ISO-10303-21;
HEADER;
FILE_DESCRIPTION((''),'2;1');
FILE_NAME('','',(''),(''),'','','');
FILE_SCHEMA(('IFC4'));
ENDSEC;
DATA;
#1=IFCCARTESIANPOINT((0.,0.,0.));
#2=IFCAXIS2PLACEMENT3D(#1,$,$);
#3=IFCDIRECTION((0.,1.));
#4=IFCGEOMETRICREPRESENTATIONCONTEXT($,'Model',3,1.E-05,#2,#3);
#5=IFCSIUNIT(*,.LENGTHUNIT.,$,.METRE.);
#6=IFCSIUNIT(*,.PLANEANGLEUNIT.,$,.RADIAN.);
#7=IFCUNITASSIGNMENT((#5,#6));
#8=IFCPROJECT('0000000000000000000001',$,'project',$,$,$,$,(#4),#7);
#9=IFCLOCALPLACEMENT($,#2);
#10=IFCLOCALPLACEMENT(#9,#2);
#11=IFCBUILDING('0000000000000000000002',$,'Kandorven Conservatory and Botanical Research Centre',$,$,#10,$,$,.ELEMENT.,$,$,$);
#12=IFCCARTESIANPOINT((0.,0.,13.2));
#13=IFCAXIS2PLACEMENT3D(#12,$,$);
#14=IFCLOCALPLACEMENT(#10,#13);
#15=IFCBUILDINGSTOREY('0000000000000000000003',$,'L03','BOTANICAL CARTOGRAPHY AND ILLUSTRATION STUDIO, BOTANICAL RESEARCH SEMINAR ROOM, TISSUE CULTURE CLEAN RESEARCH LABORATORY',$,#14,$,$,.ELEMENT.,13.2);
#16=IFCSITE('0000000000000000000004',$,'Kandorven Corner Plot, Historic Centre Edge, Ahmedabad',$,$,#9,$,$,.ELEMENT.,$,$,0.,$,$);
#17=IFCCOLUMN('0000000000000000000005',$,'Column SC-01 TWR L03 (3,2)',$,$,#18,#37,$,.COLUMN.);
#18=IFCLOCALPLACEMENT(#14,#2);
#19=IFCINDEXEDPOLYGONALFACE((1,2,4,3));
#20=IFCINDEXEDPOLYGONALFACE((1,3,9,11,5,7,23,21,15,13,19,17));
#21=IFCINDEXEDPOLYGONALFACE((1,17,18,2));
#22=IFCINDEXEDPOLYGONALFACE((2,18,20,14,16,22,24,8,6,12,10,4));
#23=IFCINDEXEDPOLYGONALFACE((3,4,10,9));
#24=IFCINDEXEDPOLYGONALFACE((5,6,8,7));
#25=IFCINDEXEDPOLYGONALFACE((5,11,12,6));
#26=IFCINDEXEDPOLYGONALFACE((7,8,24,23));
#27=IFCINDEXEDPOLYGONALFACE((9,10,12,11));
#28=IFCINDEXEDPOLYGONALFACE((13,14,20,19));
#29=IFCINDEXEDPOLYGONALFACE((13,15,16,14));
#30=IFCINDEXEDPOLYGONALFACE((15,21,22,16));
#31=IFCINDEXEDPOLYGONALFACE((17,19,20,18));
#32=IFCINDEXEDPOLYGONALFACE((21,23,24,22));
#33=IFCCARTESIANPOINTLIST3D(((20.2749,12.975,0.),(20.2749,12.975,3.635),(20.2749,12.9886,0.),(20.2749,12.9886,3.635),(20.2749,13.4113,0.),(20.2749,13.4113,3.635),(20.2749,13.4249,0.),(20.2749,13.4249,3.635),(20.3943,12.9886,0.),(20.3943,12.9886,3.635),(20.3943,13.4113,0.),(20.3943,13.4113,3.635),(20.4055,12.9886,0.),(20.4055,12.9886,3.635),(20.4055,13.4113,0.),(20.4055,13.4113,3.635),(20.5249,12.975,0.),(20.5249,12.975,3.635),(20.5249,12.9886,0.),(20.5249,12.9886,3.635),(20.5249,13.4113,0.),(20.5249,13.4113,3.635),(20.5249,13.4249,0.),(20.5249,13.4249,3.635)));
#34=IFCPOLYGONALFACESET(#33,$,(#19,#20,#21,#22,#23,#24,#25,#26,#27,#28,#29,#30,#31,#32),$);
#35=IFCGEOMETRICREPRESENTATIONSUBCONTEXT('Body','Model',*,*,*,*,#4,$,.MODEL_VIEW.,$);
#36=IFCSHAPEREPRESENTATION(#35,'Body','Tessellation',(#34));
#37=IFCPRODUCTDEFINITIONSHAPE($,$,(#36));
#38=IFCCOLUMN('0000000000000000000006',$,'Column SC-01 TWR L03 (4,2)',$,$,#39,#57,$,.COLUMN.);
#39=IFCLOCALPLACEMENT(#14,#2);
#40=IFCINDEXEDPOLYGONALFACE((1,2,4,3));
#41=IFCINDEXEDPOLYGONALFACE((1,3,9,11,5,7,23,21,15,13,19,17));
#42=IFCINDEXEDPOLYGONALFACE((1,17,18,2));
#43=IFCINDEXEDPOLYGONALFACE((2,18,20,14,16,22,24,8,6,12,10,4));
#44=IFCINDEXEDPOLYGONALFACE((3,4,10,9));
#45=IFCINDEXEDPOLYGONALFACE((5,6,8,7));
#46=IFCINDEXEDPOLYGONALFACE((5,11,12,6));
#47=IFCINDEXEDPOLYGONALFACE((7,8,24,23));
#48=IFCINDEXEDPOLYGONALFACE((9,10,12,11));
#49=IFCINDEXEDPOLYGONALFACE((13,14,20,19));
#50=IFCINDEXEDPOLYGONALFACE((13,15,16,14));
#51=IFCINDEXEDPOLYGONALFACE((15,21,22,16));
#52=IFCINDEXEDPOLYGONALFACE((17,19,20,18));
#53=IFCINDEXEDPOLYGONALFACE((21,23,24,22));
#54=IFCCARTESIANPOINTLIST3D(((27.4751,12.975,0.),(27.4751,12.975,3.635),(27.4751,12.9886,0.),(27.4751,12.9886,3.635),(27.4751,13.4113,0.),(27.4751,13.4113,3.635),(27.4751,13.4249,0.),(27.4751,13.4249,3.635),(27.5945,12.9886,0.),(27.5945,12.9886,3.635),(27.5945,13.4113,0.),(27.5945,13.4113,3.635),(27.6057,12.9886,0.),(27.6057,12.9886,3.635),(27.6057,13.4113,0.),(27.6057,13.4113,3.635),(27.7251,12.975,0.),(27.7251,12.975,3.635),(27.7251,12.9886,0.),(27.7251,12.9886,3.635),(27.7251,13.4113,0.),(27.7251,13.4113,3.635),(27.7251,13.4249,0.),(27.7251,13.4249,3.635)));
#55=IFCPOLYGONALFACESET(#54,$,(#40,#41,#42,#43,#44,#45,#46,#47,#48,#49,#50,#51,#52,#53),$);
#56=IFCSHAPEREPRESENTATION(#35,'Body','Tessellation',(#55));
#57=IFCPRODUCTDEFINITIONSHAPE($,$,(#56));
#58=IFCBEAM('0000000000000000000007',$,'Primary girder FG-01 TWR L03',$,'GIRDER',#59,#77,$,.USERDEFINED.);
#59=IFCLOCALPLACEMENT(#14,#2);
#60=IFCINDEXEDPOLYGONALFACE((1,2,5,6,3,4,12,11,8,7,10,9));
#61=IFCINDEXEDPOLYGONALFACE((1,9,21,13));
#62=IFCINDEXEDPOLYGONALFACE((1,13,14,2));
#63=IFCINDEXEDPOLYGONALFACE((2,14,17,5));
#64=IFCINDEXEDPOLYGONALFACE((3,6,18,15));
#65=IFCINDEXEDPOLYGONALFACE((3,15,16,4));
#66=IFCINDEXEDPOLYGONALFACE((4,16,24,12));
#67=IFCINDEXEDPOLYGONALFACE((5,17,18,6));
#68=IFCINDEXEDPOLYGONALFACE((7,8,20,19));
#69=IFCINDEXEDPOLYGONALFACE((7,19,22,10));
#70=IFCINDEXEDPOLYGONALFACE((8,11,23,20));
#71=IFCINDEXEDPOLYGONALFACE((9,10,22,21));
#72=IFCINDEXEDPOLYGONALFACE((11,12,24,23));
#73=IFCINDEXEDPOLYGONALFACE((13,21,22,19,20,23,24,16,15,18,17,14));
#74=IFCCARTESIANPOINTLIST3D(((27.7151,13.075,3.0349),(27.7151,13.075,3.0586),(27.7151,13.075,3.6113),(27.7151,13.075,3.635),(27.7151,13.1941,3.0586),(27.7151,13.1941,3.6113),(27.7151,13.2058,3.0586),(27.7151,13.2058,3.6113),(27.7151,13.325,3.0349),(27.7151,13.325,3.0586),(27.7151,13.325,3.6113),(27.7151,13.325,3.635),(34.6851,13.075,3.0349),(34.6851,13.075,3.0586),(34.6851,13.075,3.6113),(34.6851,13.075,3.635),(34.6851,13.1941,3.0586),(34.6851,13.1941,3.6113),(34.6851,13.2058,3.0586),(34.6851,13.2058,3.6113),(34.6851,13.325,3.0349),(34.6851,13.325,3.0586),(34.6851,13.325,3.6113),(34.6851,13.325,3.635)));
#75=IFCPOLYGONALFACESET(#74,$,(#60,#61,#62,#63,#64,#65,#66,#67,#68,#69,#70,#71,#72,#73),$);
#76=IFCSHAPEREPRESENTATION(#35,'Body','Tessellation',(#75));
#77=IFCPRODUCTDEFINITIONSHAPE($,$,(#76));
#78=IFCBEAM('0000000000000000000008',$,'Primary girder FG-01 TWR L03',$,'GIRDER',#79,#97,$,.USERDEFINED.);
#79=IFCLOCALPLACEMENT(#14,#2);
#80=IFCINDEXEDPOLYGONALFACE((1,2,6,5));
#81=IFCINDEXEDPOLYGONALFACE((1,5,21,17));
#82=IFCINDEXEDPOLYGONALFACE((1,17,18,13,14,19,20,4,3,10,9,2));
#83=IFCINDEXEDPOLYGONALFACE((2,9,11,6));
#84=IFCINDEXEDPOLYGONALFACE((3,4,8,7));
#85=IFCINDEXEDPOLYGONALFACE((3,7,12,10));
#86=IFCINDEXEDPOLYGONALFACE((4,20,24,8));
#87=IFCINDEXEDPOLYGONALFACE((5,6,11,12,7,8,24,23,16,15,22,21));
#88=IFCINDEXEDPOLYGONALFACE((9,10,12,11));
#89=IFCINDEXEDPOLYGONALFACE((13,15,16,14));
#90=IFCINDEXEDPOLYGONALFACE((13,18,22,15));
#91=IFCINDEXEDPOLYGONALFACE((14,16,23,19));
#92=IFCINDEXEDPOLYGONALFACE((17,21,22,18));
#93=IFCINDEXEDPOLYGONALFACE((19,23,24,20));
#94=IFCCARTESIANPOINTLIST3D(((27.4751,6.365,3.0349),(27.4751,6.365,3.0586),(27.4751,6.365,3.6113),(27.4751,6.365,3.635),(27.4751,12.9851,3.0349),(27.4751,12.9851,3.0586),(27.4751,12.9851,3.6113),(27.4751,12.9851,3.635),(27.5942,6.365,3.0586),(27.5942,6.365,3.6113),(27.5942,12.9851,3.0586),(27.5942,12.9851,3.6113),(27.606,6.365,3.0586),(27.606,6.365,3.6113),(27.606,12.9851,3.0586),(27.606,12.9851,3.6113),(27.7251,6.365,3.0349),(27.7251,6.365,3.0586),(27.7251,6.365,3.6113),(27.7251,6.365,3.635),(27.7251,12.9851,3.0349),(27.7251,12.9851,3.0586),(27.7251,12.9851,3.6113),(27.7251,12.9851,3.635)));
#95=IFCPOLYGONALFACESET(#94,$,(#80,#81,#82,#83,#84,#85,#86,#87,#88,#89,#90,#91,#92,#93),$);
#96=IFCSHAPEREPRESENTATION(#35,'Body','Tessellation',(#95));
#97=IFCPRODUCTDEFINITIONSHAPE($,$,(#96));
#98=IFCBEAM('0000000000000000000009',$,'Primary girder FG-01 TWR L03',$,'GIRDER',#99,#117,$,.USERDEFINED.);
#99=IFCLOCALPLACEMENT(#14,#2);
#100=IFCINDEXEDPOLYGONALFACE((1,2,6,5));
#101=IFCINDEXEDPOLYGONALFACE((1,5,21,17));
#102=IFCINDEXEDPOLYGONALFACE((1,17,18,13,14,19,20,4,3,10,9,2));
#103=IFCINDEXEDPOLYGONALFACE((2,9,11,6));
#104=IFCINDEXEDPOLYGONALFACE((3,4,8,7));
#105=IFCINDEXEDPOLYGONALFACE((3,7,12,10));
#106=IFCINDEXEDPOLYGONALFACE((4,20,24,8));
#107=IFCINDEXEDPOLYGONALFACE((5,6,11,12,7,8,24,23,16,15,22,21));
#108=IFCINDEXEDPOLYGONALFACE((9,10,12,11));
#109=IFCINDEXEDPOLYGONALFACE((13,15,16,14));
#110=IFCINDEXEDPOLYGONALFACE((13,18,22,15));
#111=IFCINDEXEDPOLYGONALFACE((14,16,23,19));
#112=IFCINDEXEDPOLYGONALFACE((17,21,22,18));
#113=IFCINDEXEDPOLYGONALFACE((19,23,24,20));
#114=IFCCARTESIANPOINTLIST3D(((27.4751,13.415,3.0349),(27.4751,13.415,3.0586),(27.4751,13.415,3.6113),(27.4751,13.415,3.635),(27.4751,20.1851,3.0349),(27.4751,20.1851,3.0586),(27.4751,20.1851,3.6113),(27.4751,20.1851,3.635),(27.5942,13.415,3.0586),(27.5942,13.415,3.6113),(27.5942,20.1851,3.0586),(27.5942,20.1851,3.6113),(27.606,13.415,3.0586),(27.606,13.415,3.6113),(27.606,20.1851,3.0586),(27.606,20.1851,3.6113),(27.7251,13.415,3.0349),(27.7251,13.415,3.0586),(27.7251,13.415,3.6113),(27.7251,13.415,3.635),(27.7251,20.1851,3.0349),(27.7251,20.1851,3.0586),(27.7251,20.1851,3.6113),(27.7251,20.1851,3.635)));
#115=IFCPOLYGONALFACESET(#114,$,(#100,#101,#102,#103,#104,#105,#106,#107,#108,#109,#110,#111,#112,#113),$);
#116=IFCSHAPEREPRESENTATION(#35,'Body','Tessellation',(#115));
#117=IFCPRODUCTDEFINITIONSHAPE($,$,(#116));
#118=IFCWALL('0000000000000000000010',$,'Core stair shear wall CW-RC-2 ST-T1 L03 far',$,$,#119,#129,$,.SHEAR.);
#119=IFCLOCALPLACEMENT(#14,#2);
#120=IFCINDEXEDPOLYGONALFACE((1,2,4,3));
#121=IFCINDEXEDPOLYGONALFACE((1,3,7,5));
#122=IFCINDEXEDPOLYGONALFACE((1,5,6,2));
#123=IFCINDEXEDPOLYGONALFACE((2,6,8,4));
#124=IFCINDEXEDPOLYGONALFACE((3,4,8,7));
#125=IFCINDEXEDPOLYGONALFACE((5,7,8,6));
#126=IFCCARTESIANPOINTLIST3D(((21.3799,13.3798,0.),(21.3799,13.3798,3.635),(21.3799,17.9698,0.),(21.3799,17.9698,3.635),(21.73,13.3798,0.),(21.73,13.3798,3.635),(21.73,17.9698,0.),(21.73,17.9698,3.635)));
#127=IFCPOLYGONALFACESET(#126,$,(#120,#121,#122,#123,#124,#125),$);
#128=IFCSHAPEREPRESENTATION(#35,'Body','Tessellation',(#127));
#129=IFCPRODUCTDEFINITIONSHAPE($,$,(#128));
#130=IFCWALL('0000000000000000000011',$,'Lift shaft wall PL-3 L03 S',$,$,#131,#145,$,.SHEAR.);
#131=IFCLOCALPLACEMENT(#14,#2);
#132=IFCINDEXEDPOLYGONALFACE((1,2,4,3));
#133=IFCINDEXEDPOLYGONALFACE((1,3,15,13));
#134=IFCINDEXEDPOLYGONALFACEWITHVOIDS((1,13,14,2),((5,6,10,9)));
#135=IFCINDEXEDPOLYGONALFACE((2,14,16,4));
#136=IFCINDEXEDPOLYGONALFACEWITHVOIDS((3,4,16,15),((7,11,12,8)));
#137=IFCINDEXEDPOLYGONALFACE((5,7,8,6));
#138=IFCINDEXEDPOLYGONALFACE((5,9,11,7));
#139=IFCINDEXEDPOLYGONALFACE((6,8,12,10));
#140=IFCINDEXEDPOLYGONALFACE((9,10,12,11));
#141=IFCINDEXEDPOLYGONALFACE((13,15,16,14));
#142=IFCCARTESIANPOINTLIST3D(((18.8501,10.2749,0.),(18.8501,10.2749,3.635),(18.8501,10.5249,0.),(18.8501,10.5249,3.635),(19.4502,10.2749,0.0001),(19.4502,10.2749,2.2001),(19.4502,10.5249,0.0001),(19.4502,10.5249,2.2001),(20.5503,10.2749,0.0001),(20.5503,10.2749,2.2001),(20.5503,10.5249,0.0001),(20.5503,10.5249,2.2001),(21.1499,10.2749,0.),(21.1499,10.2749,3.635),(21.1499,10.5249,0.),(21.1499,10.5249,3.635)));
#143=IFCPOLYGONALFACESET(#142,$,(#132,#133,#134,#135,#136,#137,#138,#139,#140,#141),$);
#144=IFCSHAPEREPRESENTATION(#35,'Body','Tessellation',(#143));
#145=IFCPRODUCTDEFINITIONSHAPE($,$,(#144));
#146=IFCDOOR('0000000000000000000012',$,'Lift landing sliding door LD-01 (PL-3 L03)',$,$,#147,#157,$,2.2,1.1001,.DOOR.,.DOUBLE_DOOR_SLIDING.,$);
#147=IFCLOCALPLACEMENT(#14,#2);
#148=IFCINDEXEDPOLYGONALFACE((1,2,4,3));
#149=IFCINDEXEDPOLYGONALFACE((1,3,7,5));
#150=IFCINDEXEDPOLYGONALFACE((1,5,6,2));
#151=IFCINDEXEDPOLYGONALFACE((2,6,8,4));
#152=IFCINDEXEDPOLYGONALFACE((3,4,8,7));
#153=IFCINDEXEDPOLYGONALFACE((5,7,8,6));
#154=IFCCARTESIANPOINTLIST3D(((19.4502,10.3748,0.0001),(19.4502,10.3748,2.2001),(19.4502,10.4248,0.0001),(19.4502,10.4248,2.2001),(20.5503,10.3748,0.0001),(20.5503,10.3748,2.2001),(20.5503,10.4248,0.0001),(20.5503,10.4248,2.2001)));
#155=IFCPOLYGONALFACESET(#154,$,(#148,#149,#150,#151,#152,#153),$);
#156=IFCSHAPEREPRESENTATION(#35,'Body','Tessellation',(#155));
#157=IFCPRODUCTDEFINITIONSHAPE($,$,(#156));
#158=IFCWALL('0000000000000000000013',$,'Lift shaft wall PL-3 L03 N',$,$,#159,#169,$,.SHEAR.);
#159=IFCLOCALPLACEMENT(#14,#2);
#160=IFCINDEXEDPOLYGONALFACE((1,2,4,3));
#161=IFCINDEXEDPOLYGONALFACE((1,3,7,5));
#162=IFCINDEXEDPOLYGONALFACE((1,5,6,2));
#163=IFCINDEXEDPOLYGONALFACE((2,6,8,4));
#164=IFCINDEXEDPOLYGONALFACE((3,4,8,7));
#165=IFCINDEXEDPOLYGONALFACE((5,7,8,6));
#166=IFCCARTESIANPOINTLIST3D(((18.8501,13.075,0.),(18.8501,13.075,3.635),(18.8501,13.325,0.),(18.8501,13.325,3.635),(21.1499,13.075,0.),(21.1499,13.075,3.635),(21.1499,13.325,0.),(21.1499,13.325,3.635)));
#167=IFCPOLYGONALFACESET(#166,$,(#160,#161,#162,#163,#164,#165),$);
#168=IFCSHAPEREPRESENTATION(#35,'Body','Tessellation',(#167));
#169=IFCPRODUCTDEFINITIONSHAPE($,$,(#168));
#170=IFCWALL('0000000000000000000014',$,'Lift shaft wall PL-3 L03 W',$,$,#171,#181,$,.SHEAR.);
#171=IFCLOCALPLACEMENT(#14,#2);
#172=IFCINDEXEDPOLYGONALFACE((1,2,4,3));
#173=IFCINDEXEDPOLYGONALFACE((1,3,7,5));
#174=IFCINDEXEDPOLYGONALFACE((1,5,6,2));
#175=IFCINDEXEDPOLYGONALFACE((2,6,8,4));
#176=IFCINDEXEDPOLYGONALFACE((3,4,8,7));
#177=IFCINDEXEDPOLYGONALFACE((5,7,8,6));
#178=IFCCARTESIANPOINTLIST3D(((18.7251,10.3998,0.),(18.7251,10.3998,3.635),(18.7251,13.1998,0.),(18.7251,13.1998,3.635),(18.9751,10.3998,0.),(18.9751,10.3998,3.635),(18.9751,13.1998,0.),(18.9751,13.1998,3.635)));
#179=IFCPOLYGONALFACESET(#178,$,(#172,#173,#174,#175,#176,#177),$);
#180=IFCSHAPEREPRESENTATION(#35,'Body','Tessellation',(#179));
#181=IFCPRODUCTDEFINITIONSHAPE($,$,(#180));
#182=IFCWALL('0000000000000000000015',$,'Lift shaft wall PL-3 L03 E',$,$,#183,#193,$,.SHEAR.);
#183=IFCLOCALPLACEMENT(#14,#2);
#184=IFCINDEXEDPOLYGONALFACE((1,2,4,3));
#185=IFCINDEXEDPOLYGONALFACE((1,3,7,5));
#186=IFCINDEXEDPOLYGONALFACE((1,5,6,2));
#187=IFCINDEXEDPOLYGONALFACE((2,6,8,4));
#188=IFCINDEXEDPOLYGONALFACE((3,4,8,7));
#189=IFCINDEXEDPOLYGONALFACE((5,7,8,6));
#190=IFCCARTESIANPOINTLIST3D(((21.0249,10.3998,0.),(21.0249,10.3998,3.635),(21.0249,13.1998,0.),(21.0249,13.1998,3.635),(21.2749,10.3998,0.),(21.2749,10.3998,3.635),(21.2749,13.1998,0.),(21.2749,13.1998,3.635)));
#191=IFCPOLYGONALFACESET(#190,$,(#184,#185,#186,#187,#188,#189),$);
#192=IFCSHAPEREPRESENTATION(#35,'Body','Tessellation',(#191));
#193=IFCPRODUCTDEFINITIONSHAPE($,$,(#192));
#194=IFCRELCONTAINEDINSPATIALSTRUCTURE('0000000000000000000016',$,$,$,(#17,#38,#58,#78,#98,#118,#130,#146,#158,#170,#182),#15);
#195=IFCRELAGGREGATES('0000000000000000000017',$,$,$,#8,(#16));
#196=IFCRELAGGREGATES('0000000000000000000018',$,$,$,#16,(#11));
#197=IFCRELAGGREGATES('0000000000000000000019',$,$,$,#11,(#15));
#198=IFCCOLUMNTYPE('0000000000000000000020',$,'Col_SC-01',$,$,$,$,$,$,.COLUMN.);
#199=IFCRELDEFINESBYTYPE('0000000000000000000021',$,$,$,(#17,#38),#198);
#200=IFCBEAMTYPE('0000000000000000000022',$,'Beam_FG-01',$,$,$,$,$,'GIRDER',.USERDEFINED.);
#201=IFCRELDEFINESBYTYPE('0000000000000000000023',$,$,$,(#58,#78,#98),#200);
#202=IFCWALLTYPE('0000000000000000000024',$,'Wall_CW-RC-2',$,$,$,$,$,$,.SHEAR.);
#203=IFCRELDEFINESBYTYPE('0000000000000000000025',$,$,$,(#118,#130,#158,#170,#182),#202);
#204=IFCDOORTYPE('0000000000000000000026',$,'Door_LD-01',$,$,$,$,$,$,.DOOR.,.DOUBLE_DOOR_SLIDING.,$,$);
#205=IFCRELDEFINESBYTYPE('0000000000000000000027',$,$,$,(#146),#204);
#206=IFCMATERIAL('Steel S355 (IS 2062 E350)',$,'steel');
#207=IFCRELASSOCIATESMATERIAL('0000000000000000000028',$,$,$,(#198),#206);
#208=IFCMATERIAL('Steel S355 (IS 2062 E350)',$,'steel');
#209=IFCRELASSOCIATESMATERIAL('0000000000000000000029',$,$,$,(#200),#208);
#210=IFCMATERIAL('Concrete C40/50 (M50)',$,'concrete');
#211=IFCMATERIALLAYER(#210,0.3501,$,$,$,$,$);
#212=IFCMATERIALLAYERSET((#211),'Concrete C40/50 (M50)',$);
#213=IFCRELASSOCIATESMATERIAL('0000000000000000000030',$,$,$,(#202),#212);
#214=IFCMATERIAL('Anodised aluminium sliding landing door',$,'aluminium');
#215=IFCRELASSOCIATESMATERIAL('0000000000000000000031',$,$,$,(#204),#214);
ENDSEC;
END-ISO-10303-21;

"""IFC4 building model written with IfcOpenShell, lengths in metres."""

from ifc_helpers import new_model, si_unit, direction, frame, frame_2d, origin, origin_2d, place, context, subcontext, project, spatial, rectangle, i_section, extrude, material, layer, layer_set, material_profile, profile_set, type_object, element, fill, save


model = new_model("IFC4")

# Units and contexts
model_context = context("Model", 3, precision=1e-05, world=origin(), true_north=direction((0.0, 1.0)))
body_context = subcontext(model_context, "Body", "Model", "MODEL_VIEW")
ifc_project = project(units=[si_unit("LENGTHUNIT", "METRE"), si_unit("PLANEANGLEUNIT", "RADIAN")], contexts=[model_context])

# Site, building, storey
site_placement = place(None, origin())
site = spatial("IfcSite", under=ifc_project, at=site_placement, Name="Kandorven Corner Plot, Historic Centre Edge, Ahmedabad", CompositionType="ELEMENT", RefElevation=0.0)
building_placement = place(site_placement, origin())
building = spatial("IfcBuilding", under=site, at=building_placement, Name="Kandorven Conservatory and Botanical Research Centre", CompositionType="ELEMENT")
storey_placement = place(building_placement, frame((0.0, 0.0, 13.2)))
storey = spatial("IfcBuildingStorey", under=building, at=storey_placement, Name="L03", Description="BOTANICAL CARTOGRAPHY AND ILLUSTRATION STUDIO, BOTANICAL RESEARCH SEMINAR ROOM, TISSUE CULTURE CLEAN RESEARCH LABORATORY", CompositionType="ELEMENT", Elevation=13.2)

# Columns
ifc_material_1 = material(Name="Steel S355 (IS 2062 E350)", Category="steel")
ifc_material_profile_1 = material_profile(ifc_material_1, i_section(OverallWidth=0.25, OverallDepth=0.45, WebThickness=0.0112, FlangeThickness=0.0137, at=origin_2d()))
ifc_profile_set_1 = profile_set([ifc_material_profile_1], Name="Steel S355 (IS 2062 E350)")
column_type = type_object("IfcColumnType", Name="Col_SC-01", PredefinedType="COLUMN", material=ifc_profile_set_1)
for number, where, z_axis, x_axis, name in (
    (1, (20.3999, 13.2, 0.0), (0.0, 0.0, 1.0), (1.0, 0.0, 0.0), "Column SC-01 TWR L03 (3,2)"),
    (2, (27.6001, 13.2, 0.0), (0.0, 0.0, 1.0), (1.0, 0.0, 0.0), "Column SC-01 TWR L03 (4,2)"),
):
    element("IfcColumn", number, at=place(storey_placement, frame(where, z_axis=z_axis, x_axis=x_axis)), inside=storey, type_object=column_type, Name=name, PredefinedType="COLUMN", context=body_context, shape_type="SweptSolid", body=[
        extrude(i_section(OverallWidth=0.25, OverallDepth=0.45, WebThickness=0.0112, FlangeThickness=0.0137, at=origin_2d()), origin(), (0.0, 0.0, 1.0), 3.635),
    ])

# Beams
ifc_material_2 = material(Name="Steel S355 (IS 2062 E350)", Category="steel")
ifc_material_profile_2 = material_profile(ifc_material_2, i_section(OverallWidth=0.25, OverallDepth=0.6001, WebThickness=0.0117, FlangeThickness=0.0237, at=origin_2d()))
ifc_profile_set_2 = profile_set([ifc_material_profile_2], Name="Steel S355 (IS 2062 E350)")
beam_type = type_object("IfcBeamType", Name="Beam_FG-01", ElementType="GIRDER", PredefinedType="USERDEFINED", material=ifc_profile_set_2)
beam_1_placement = place(storey_placement, frame((27.7151, 13.2, 3.335), z_axis=(1.0, 0.0, 0.0), x_axis=(0.0, 1.0, 0.0)))
element("IfcBeam", 3, at=beam_1_placement, inside=storey, type_object=beam_type, Name="Primary girder FG-01 TWR L03", ObjectType="GIRDER", PredefinedType="USERDEFINED", context=body_context, shape_type="SweptSolid", body=[
    extrude(i_section(OverallWidth=0.25, OverallDepth=0.6001, WebThickness=0.0117, FlangeThickness=0.0237, at=origin_2d()), origin(), (0.0, 0.0, 1.0), 6.97),
])
beam_2_placement = place(storey_placement, frame((27.6001, 6.365, 3.335), z_axis=(0.0, 1.0, 0.0), x_axis=(-1.0, 0.0, 0.0)))
element("IfcBeam", 4, at=beam_2_placement, inside=storey, type_object=beam_type, Name="Primary girder FG-01 TWR L03", ObjectType="GIRDER", PredefinedType="USERDEFINED", context=body_context, shape_type="SweptSolid", body=[
    extrude(i_section(OverallWidth=0.25, OverallDepth=0.6001, WebThickness=0.0117, FlangeThickness=0.0237, at=origin_2d()), origin(), (0.0, 0.0, 1.0), 6.6201),
])
beam_3_placement = place(storey_placement, frame((27.6001, 13.415, 3.335), z_axis=(0.0, 1.0, 0.0), x_axis=(-1.0, 0.0, 0.0)))
element("IfcBeam", 5, at=beam_3_placement, inside=storey, type_object=beam_type, Name="Primary girder FG-01 TWR L03", ObjectType="GIRDER", PredefinedType="USERDEFINED", context=body_context, shape_type="SweptSolid", body=[
    extrude(i_section(OverallWidth=0.25, OverallDepth=0.6001, WebThickness=0.0117, FlangeThickness=0.0237, at=origin_2d()), origin(), (0.0, 0.0, 1.0), 6.77),
])

# Wall
ifc_material_3 = material(Name="Concrete C40/50 (M50)", Category="concrete")
ifc_layer_1 = layer(ifc_material_3, 0.3501)
ifc_layer_set_1 = layer_set([ifc_layer_1], Name="Concrete C40/50 (M50)")
wall_type_1 = type_object("IfcWallType", Name="Wall_CW-RC-2", PredefinedType="SHEAR", material=ifc_layer_set_1)
wall_1_placement = place(storey_placement, frame((21.5549, 13.3799, 0.0), z_axis=(0.0, 0.0, 1.0), x_axis=(0.0, 1.0, 0.0)))
element("IfcWall", 6, at=wall_1_placement, inside=storey, type_object=wall_type_1, Name="Core stair shear wall CW-RC-2 ST-T1 L03 far", PredefinedType="SHEAR", context=body_context, shape_type="SweptSolid", body=[
    extrude(rectangle(XDim=4.5901, YDim=0.3501, at=frame_2d((2.2949, 0.0))), origin(), (0.0, 0.0, 1.0), 3.635),
])

# Wall, opening, door
wall_2_placement = place(storey_placement, frame((18.8501, 10.3999, 0.0), z_axis=(0.0, 0.0, 1.0), x_axis=(1.0, 0.0, 0.0)))
wall_2 = element("IfcWall", 7, at=wall_2_placement, inside=storey, type_object=wall_type_1, Name="Lift shaft wall PL-3 L03 S", PredefinedType="SHEAR", context=body_context, shape_type="SweptSolid", body=[
    extrude(rectangle(XDim=2.2998, YDim=0.25, at=frame_2d((1.1499, 0.0))), origin(), (0.0, 0.0, 1.0), 3.635),
])
opening_1_placement = place(wall_2_placement, frame((0.6001, 0.0, 0.0)))
opening_1 = element("IfcOpeningElement", 8, at=opening_1_placement, cuts=wall_2, PredefinedType="OPENING", context=body_context, shape_type="SweptSolid", body=[
    extrude(rectangle(XDim=1.1001, YDim=2.2, at=frame_2d((0.55, 1.1001))), frame((0.0, 0.135, 0.0), z_axis=(0.0, -1.0, 0.0), x_axis=(1.0, 0.0, 0.0)), (0.0, 0.0, 1.0), 0.27),
])
ifc_material_4 = material(Name="Anodised aluminium sliding landing door", Category="aluminium")
door_type_1 = type_object("IfcDoorType", Name="Door_LD-01", OperationType="DOUBLE_DOOR_SLIDING", PredefinedType="DOOR", material=ifc_material_4)
door_1_placement = place(opening_1_placement, origin())
door_1 = element("IfcDoor", 9, at=door_1_placement, inside=storey, type_object=door_type_1, Name="Lift landing sliding door LD-01 (PL-3 L03)", OperationType="DOUBLE_DOOR_SLIDING", OverallHeight=2.2, OverallWidth=1.1001, PredefinedType="DOOR", context=body_context, shape_type="SweptSolid", body=[
    extrude(rectangle(XDim=1.1001, YDim=2.2, at=frame_2d((0.55, 1.1001))), frame((0.0, 0.0249, 0.0), z_axis=(0.0, -1.0, 0.0), x_axis=(1.0, 0.0, 0.0)), (0.0, 0.0, 1.0), 0.05),
])
fill(opening_1, door_1)

# Walls
wall_3_placement = place(storey_placement, frame((18.8501, 13.2, 0.0), z_axis=(0.0, 0.0, 1.0), x_axis=(1.0, 0.0, 0.0)))
element("IfcWall", 10, at=wall_3_placement, inside=storey, type_object=wall_type_1, Name="Lift shaft wall PL-3 L03 N", PredefinedType="SHEAR", context=body_context, shape_type="SweptSolid", body=[
    extrude(rectangle(XDim=2.2998, YDim=0.25, at=frame_2d((1.1499, 0.0))), origin(), (0.0, 0.0, 1.0), 3.635),
])
for number, where, z_axis, x_axis, name in (
    (11, (18.8501, 10.3999, 0.0), (0.0, 0.0, 1.0), (0.0, 1.0, 0.0), "Lift shaft wall PL-3 L03 W"),
    (12, (21.1499, 10.3999, 0.0), (0.0, 0.0, 1.0), (0.0, 1.0, 0.0), "Lift shaft wall PL-3 L03 E"),
):
    element("IfcWall", number, at=place(storey_placement, frame(where, z_axis=z_axis, x_axis=x_axis)), inside=storey, type_object=wall_type_1, Name=name, PredefinedType="SHEAR", context=body_context, shape_type="SweptSolid", body=[
        extrude(rectangle(XDim=2.8, YDim=0.25, at=frame_2d((1.3999, 0.0))), origin(), (0.0, 0.0, 1.0), 3.635),
    ])

save(model, "model.ifc")
